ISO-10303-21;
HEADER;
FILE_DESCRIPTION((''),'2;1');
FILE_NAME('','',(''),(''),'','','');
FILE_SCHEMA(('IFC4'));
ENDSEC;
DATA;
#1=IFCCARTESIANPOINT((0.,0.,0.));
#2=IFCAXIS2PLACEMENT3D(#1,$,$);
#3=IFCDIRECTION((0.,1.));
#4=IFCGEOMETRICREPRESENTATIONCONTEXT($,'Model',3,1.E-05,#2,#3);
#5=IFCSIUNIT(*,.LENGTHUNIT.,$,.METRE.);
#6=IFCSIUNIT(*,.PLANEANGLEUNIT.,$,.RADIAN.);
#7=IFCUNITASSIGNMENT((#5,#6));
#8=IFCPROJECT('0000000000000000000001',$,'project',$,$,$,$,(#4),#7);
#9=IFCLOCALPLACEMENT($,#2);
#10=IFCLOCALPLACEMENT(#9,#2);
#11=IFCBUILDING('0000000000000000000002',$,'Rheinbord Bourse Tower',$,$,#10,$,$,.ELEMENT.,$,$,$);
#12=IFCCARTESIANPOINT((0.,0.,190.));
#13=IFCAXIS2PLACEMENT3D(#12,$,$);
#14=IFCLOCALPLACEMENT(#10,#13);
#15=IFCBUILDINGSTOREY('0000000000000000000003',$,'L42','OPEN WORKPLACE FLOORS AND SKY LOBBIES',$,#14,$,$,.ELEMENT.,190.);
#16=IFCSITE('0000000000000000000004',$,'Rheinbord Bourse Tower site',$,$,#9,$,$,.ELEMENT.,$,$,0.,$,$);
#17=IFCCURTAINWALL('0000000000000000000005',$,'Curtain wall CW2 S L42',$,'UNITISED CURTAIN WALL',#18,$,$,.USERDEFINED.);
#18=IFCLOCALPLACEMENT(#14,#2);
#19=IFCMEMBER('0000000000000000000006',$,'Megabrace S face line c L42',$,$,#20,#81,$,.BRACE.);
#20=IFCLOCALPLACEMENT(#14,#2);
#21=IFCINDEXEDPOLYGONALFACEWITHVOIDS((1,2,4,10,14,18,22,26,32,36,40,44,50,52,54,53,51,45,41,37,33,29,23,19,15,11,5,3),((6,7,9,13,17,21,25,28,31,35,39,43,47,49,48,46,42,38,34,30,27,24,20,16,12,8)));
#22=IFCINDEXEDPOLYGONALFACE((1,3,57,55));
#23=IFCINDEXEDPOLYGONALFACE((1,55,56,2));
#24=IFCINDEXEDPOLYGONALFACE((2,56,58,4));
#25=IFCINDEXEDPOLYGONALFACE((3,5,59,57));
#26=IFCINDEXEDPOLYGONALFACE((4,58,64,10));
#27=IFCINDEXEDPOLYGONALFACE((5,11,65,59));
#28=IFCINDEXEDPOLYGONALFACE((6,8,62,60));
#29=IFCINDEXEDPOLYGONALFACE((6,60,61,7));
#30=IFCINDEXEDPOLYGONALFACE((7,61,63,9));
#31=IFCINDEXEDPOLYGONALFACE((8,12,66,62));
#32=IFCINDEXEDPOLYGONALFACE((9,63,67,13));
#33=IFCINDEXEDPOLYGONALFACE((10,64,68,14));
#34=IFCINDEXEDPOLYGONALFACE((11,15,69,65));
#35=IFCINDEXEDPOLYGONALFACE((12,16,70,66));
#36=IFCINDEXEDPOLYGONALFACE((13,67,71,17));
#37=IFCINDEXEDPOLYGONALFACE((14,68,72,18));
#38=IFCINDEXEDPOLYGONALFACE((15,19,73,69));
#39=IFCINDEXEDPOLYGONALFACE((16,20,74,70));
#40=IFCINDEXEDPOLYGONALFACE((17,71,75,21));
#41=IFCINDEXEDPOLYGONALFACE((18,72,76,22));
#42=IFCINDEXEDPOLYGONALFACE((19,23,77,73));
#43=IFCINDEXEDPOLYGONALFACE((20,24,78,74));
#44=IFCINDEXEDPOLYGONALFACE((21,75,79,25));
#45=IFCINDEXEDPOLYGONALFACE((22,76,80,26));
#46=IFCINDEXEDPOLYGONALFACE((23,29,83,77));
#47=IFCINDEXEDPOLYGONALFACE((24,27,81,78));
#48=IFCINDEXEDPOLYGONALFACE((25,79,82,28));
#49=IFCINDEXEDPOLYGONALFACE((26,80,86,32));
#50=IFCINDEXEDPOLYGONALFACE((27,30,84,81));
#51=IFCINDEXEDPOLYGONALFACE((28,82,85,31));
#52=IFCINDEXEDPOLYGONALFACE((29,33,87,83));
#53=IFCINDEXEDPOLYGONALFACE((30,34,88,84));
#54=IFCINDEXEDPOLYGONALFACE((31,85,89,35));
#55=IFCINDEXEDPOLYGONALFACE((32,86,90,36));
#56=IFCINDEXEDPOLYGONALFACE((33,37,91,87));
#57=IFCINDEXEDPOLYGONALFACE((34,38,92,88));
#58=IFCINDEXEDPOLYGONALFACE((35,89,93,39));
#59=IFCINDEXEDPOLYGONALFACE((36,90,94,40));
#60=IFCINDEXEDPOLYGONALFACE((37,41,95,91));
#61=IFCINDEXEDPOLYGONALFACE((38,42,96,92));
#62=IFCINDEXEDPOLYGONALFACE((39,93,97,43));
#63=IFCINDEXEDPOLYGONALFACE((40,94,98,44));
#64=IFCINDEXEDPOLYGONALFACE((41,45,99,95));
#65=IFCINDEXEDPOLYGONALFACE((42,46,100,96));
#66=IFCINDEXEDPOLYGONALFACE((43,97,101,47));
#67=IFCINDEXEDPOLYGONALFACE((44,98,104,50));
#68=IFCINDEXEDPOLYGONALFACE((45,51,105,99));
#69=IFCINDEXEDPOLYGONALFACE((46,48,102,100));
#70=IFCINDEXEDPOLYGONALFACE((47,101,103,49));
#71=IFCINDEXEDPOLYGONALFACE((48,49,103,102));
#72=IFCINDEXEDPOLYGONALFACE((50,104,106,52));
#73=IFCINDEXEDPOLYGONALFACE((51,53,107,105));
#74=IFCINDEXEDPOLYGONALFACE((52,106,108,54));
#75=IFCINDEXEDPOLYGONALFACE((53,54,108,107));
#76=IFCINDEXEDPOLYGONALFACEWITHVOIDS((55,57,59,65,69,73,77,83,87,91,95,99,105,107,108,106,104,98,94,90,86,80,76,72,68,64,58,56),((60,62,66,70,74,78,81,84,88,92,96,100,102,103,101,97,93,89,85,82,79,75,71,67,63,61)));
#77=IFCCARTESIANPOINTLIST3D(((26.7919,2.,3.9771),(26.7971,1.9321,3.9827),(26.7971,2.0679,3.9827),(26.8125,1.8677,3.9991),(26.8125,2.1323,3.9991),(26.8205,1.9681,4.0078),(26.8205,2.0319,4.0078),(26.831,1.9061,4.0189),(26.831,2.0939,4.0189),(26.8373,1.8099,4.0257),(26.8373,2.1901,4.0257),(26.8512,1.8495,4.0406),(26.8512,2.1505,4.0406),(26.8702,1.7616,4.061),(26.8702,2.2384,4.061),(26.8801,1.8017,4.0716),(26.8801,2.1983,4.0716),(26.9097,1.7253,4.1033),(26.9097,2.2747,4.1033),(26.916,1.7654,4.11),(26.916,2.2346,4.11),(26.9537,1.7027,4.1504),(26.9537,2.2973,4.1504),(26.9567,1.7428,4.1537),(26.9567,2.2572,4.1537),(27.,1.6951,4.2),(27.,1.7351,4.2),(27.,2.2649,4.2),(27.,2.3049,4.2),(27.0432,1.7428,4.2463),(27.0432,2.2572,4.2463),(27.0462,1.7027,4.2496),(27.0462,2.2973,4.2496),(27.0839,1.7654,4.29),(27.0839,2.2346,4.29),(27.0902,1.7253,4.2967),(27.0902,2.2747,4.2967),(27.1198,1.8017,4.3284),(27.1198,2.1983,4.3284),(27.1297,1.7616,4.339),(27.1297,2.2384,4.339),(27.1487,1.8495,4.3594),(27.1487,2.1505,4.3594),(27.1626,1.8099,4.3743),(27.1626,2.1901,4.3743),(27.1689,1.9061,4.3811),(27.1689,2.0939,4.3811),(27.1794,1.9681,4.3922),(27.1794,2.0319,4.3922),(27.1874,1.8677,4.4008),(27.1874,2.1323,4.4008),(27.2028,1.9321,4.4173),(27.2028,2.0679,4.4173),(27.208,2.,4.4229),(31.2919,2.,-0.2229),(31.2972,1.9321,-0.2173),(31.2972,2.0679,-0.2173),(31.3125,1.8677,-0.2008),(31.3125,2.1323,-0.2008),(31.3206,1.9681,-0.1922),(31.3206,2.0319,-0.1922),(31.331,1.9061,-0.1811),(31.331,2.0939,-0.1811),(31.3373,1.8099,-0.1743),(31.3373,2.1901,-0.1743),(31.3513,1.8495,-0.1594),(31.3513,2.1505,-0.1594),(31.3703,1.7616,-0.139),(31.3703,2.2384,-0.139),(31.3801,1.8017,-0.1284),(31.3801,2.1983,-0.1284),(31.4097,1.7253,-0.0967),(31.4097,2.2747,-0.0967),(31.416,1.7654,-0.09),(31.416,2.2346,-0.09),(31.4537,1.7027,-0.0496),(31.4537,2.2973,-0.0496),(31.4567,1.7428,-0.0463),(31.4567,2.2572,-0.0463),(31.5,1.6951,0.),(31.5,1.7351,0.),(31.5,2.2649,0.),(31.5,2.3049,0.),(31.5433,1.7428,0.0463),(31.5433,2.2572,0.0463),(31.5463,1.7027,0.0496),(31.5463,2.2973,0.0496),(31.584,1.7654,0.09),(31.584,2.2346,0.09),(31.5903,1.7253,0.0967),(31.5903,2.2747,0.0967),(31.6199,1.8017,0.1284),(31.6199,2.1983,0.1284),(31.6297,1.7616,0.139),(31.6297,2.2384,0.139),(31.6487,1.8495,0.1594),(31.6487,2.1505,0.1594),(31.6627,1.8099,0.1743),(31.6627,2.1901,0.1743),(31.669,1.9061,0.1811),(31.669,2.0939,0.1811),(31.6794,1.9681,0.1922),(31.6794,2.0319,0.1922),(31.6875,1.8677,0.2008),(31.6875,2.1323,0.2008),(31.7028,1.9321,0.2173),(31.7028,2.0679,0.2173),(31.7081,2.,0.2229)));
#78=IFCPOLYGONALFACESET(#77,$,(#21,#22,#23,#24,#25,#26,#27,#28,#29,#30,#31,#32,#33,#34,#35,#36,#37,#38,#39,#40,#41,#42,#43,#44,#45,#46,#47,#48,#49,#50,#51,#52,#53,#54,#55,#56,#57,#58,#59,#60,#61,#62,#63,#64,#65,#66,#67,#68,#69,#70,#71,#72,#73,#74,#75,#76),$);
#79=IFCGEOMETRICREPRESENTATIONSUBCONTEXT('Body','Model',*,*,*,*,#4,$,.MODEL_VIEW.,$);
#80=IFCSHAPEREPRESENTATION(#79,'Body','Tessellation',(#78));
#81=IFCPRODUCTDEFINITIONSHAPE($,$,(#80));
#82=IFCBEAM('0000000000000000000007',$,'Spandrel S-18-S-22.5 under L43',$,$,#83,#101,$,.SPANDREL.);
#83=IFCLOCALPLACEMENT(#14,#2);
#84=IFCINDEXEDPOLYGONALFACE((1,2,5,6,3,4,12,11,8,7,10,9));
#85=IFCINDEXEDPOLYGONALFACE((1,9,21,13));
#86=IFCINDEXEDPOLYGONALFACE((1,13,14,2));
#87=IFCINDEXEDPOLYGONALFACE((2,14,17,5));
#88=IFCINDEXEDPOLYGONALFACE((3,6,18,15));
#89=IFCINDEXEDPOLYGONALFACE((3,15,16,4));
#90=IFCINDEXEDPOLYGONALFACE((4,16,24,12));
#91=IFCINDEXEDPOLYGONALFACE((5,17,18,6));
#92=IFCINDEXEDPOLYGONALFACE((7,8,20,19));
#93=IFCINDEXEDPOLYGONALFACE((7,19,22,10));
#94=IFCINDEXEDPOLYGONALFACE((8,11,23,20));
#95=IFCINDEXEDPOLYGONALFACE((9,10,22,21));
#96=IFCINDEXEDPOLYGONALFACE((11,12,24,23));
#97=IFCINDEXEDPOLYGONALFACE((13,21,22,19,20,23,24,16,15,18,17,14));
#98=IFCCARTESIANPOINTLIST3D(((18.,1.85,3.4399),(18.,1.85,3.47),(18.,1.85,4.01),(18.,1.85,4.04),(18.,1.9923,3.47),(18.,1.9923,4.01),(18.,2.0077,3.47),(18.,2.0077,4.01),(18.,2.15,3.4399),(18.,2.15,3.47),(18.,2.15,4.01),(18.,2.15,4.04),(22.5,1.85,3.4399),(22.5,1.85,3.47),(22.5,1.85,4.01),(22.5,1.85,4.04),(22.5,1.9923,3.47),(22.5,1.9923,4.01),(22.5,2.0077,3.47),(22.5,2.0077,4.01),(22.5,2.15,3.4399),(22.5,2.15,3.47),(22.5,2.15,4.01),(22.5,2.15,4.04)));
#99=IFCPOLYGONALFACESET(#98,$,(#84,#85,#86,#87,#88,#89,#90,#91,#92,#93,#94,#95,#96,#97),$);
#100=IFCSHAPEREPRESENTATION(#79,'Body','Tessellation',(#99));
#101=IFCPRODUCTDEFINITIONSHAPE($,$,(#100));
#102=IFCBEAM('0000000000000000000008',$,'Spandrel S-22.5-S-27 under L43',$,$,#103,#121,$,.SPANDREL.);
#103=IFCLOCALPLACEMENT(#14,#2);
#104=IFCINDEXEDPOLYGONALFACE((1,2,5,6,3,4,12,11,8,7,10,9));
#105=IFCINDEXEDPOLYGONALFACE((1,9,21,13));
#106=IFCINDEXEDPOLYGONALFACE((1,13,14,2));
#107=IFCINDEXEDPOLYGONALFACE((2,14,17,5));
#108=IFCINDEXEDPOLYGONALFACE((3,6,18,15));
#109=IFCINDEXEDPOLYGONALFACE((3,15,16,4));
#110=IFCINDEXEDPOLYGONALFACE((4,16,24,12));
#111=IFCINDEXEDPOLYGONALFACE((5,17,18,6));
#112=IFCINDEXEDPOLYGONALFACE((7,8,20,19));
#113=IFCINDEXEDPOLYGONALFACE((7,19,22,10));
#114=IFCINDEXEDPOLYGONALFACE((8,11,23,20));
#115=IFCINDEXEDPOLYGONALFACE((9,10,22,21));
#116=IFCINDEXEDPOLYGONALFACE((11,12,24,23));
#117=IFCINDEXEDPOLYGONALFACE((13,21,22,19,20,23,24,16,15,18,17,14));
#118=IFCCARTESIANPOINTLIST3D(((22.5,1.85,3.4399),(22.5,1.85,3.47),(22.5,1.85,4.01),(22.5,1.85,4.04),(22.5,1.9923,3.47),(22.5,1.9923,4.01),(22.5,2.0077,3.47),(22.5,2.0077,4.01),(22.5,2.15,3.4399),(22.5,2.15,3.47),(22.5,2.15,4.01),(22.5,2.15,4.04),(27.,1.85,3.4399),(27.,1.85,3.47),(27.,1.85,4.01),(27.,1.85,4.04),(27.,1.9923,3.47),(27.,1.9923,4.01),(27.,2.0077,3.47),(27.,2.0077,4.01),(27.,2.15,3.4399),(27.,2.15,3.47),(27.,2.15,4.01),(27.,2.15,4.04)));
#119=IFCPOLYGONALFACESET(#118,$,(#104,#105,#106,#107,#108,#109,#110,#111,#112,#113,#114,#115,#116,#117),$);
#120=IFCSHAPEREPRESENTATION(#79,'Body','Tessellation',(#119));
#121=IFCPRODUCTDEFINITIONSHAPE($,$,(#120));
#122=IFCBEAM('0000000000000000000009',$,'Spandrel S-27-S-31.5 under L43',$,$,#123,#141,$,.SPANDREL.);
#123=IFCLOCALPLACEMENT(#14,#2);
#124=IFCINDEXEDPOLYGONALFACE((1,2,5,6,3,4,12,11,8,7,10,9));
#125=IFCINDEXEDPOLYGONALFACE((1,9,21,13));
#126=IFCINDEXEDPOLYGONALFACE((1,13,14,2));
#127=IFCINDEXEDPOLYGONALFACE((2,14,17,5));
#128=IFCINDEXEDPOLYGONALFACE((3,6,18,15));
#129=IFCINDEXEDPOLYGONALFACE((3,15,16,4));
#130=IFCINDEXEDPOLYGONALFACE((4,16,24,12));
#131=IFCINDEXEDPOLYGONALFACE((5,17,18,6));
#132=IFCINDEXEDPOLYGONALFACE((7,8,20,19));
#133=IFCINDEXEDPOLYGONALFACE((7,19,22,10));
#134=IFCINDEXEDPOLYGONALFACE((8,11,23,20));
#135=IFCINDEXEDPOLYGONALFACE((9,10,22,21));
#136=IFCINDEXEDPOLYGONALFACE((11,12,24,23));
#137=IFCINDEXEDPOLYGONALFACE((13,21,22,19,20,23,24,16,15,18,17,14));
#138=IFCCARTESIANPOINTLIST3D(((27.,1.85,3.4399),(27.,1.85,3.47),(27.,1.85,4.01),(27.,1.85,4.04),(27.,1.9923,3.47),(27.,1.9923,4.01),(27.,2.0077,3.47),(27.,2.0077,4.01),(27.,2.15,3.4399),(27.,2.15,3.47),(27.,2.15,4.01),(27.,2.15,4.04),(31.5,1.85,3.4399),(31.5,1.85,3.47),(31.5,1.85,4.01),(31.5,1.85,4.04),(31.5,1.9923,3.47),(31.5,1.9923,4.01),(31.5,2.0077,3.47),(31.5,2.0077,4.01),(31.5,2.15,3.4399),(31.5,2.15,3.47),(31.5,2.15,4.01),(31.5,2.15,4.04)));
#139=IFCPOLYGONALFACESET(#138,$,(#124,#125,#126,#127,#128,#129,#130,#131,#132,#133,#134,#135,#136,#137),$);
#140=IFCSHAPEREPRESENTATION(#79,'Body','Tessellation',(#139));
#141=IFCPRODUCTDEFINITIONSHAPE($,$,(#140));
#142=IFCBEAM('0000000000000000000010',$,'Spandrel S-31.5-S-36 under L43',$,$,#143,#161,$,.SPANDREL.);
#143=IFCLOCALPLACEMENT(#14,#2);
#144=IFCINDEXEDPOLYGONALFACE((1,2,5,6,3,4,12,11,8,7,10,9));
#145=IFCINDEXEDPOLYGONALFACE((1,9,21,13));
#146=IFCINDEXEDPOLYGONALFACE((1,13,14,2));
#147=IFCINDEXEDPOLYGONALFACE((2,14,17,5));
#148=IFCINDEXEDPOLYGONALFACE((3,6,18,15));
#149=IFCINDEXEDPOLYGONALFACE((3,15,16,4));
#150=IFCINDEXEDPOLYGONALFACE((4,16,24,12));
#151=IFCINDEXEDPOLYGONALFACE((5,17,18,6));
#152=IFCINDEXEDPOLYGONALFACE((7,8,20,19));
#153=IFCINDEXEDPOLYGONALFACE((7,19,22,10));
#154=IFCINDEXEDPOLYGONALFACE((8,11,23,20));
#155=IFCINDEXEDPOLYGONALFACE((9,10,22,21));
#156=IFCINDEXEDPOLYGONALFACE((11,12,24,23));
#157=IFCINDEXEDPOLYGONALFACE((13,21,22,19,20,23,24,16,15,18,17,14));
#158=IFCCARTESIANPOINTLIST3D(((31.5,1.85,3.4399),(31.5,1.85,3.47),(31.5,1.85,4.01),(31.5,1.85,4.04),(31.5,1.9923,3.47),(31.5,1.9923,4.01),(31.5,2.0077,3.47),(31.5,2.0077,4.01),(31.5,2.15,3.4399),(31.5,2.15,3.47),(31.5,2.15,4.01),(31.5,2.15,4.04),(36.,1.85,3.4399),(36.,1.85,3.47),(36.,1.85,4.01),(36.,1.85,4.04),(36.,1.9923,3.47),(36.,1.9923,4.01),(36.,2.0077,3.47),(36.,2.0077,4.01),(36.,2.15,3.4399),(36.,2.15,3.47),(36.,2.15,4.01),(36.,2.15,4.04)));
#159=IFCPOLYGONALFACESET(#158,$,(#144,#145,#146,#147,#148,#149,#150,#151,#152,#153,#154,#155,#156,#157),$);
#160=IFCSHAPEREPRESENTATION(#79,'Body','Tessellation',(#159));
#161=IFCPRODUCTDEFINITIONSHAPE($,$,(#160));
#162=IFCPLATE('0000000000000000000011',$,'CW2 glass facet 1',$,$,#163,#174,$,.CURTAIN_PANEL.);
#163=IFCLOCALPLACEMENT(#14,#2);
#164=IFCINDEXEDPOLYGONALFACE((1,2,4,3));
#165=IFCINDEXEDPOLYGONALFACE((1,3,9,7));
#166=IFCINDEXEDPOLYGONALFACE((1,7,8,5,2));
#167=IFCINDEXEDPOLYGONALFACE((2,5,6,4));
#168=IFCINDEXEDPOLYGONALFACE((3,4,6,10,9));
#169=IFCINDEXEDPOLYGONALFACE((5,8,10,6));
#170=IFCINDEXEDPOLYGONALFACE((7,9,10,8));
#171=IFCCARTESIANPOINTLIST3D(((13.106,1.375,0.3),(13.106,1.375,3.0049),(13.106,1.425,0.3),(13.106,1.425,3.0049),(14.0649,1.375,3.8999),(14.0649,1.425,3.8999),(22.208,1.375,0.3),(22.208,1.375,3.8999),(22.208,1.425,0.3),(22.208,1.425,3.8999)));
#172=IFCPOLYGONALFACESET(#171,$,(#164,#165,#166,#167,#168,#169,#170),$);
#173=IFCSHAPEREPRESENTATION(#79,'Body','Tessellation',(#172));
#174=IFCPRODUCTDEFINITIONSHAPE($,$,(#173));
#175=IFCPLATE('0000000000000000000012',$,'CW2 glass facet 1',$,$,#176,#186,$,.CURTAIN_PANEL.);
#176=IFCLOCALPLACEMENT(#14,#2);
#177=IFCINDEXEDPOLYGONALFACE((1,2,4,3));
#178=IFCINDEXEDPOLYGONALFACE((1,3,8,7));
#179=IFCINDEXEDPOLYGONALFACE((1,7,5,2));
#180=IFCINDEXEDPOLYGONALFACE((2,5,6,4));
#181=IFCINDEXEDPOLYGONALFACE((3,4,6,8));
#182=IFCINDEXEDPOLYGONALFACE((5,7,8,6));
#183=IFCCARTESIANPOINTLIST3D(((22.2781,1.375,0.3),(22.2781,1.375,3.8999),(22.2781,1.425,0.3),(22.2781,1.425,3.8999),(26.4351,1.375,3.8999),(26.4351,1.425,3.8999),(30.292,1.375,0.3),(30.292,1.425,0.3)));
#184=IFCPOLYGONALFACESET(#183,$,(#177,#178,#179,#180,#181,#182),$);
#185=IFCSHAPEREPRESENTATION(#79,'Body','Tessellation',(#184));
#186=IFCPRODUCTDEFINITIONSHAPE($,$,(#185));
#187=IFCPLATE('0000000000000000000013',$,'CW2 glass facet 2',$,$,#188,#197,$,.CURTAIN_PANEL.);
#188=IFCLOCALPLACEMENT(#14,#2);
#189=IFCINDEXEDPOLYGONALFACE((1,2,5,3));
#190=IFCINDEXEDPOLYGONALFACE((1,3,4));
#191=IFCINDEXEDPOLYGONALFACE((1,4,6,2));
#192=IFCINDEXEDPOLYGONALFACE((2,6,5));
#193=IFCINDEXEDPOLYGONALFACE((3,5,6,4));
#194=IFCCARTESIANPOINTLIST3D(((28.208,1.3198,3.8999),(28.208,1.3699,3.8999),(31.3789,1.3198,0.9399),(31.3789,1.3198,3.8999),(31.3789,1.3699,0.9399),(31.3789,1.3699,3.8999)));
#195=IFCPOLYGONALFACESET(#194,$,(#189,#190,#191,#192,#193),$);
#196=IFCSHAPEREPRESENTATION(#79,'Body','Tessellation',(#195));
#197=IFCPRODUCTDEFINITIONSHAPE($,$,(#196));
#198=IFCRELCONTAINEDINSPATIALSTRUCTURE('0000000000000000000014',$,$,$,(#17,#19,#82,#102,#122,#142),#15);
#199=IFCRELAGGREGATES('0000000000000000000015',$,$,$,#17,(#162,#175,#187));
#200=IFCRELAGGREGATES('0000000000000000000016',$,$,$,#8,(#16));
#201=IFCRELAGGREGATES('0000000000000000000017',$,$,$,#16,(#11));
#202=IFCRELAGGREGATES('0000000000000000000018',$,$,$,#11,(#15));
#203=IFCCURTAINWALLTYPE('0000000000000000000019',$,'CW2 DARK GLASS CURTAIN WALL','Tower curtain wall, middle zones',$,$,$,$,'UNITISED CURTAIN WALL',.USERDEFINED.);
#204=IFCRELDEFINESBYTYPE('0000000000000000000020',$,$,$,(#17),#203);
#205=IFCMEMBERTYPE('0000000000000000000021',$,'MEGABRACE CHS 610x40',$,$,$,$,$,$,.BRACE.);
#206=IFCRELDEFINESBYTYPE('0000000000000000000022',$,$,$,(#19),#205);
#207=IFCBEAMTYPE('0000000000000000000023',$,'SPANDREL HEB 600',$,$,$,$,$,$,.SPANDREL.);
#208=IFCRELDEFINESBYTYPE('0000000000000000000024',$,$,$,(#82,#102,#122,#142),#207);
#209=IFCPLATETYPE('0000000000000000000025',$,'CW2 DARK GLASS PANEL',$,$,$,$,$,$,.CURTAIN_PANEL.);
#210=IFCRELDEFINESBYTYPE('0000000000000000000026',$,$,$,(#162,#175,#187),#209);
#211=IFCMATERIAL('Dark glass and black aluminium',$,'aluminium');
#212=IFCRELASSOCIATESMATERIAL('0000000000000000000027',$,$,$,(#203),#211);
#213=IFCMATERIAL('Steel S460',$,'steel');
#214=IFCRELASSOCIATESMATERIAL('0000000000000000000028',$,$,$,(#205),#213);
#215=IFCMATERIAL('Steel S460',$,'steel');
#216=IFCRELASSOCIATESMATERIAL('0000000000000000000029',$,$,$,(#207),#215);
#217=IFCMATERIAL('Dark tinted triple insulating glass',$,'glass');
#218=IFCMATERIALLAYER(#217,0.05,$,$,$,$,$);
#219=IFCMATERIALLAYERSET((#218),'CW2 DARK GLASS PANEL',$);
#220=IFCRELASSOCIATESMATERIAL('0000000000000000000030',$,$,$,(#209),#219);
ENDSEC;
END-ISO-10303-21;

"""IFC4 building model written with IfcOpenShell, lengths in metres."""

from ifc_helpers import new_model, si_unit, direction, frame, origin, origin_2d, place, context, subcontext, project, spatial, polyline, hollow_circle, i_section, outline, extrude, material, layer, layer_set, material_profile, profile_set, type_object, element, aggregate, save


model = new_model("IFC4")

# Units and contexts
model_context = context("Model", 3, precision=1e-05, world=origin(), true_north=direction((0.0, 1.0)))
body_context = subcontext(model_context, "Body", "Model", "MODEL_VIEW")
ifc_project = project(units=[si_unit("LENGTHUNIT", "METRE"), si_unit("PLANEANGLEUNIT", "RADIAN")], contexts=[model_context])

# Site, building, storey
site_placement = place(None, origin())
site = spatial("IfcSite", under=ifc_project, at=site_placement, Name="Rheinbord Bourse Tower site", CompositionType="ELEMENT", RefElevation=0.0)
building_placement = place(site_placement, origin())
building = spatial("IfcBuilding", under=site, at=building_placement, Name="Rheinbord Bourse Tower", CompositionType="ELEMENT")
storey_placement = place(building_placement, frame((0.0, 0.0, 190.0)))
storey = spatial("IfcBuildingStorey", under=building, at=storey_placement, Name="L42", Description="OPEN WORKPLACE FLOORS AND SKY LOBBIES", CompositionType="ELEMENT", Elevation=190.0)

# Curtain wall
ifc_material_1 = material(Name="Dark glass and black aluminium", Category="aluminium")
curtain_wall_type = type_object("IfcCurtainWallType", Name="CW2 DARK GLASS CURTAIN WALL", Description="Tower curtain wall, middle zones", ElementType="UNITISED CURTAIN WALL", PredefinedType="USERDEFINED", material=ifc_material_1)
curtain_wall_placement = place(storey_placement, origin())
curtain_wall = element("IfcCurtainWall", 1, at=curtain_wall_placement, inside=storey, type_object=curtain_wall_type, Name="Curtain wall CW2 S L42", ObjectType="UNITISED CURTAIN WALL", PredefinedType="USERDEFINED")

# Member
ifc_material_2 = material(Name="Steel S460", Category="steel")
ifc_material_profile_1 = material_profile(ifc_material_2, hollow_circle(Radius=0.3049, WallThickness=0.04, at=origin_2d()), Name="CHS 610x40")
ifc_profile_set_1 = profile_set([ifc_material_profile_1], Name="Steel S460")
member_type_1 = type_object("IfcMemberType", Name="MEGABRACE CHS 610x40", PredefinedType="BRACE", material=ifc_profile_set_1)
member_1_placement = place(storey_placement, frame((31.5, 2.0, 0.0), z_axis=(-0.731059, 0.0, 0.682314), x_axis=(0.0, -1.0, 0.0)))
element("IfcMember", 2, at=member_1_placement, inside=storey, type_object=member_type_1, Name="Megabrace S face line c L42", PredefinedType="BRACE", context=body_context, shape_type="SweptSolid", body=[
    extrude(hollow_circle(Radius=0.3049, WallThickness=0.04, at=origin_2d()), origin(), (0.0, 0.0, 1.0), 6.1555),
])

# Beams
ifc_material_3 = material(Name="Steel S460", Category="steel")
ifc_material_profile_2 = material_profile(ifc_material_3, i_section(OverallWidth=0.3, OverallDepth=0.6001, WebThickness=0.0154, FlangeThickness=0.03, at=origin_2d()), Name="HEB 600")
ifc_profile_set_2 = profile_set([ifc_material_profile_2], Name="Steel S460")
beam_type_1 = type_object("IfcBeamType", Name="SPANDREL HEB 600", PredefinedType="SPANDREL", material=ifc_profile_set_2)
for number, where, z_axis, x_axis, name in (
    (3, (18.0, 2.0, 3.74), (1.0, 0.0, 0.0), (0.0, 1.0, 0.0), "Spandrel S-18-S-22.5 under L43"),
    (4, (22.5, 2.0, 3.74), (1.0, 0.0, 0.0), (0.0, 1.0, 0.0), "Spandrel S-22.5-S-27 under L43"),
    (5, (27.0, 2.0, 3.74), (1.0, 0.0, 0.0), (0.0, 1.0, 0.0), "Spandrel S-27-S-31.5 under L43"),
    (6, (31.5, 2.0, 3.74), (1.0, 0.0, 0.0), (0.0, 1.0, 0.0), "Spandrel S-31.5-S-36 under L43"),
):
    element("IfcBeam", number, at=place(storey_placement, frame(where, z_axis=z_axis, x_axis=x_axis)), inside=storey, type_object=beam_type_1, Name=name, PredefinedType="SPANDREL", context=body_context, shape_type="SweptSolid", body=[
        extrude(i_section(OverallWidth=0.3, OverallDepth=0.6001, WebThickness=0.0154, FlangeThickness=0.03, at=origin_2d()), origin(), (0.0, 0.0, 1.0), 4.5),
    ])

# Plates
ifc_material_4 = material(Name="Dark tinted triple insulating glass", Category="glass")
ifc_layer_1 = layer(ifc_material_4, 0.05)
ifc_layer_set_1 = layer_set([ifc_layer_1], Name="CW2 DARK GLASS PANEL")
plate_type = type_object("IfcPlateType", Name="CW2 DARK GLASS PANEL", PredefinedType="CURTAIN_PANEL", material=ifc_layer_set_1)
plate_1_placement = place(storey_placement, frame((22.208, 1.375, 3.8999), z_axis=(0.0, 1.0, 0.0), x_axis=(0.0, 0.0, -1.0)))
plate_1 = element("IfcPlate", 7, at=plate_1_placement, type_object=plate_type, Name="CW2 glass facet 1", PredefinedType="CURTAIN_PANEL", context=body_context, shape_type="SweptSolid", body=[
    extrude(outline(polyline([(0.0, 0.0), (3.5999, 0.0), (3.5999, 9.1021), (0.895, 9.1021), (0.0, 8.1431), (0.0, 0.0)])), origin(), (0.0, 0.0, 1.0), 0.05),
])
plate_2_placement = place(storey_placement, frame((22.2781, 1.375, 0.3), z_axis=(0.0, 1.0, 0.0), x_axis=(0.0, 0.0, 1.0)))
plate_2 = element("IfcPlate", 8, at=plate_2_placement, type_object=plate_type, Name="CW2 glass facet 1", PredefinedType="CURTAIN_PANEL", context=body_context, shape_type="SweptSolid", body=[
    extrude(outline(polyline([(0.0, 0.0), (3.5999, 0.0), (3.5999, 4.157), (0.0, 8.0139), (0.0, 0.0)])), origin(), (0.0, 0.0, 1.0), 0.05),
])
plate_3_placement = place(storey_placement, frame((31.3789, 1.3198, 3.8999), z_axis=(0.0, 1.0, 0.0), x_axis=(0.0, 0.0, -1.0)))
plate_3 = element("IfcPlate", 9, at=plate_3_placement, type_object=plate_type, Name="CW2 glass facet 2", PredefinedType="CURTAIN_PANEL", context=body_context, shape_type="SweptSolid", body=[
    extrude(outline(polyline([(0.0, 0.0), (2.96, 0.0), (0.0, 3.1709), (0.0, 0.0)])), origin(), (0.0, 0.0, 1.0), 0.05),
])
aggregate(curtain_wall, [plate_1, plate_2, plate_3])

save(model, "model.ifc")
